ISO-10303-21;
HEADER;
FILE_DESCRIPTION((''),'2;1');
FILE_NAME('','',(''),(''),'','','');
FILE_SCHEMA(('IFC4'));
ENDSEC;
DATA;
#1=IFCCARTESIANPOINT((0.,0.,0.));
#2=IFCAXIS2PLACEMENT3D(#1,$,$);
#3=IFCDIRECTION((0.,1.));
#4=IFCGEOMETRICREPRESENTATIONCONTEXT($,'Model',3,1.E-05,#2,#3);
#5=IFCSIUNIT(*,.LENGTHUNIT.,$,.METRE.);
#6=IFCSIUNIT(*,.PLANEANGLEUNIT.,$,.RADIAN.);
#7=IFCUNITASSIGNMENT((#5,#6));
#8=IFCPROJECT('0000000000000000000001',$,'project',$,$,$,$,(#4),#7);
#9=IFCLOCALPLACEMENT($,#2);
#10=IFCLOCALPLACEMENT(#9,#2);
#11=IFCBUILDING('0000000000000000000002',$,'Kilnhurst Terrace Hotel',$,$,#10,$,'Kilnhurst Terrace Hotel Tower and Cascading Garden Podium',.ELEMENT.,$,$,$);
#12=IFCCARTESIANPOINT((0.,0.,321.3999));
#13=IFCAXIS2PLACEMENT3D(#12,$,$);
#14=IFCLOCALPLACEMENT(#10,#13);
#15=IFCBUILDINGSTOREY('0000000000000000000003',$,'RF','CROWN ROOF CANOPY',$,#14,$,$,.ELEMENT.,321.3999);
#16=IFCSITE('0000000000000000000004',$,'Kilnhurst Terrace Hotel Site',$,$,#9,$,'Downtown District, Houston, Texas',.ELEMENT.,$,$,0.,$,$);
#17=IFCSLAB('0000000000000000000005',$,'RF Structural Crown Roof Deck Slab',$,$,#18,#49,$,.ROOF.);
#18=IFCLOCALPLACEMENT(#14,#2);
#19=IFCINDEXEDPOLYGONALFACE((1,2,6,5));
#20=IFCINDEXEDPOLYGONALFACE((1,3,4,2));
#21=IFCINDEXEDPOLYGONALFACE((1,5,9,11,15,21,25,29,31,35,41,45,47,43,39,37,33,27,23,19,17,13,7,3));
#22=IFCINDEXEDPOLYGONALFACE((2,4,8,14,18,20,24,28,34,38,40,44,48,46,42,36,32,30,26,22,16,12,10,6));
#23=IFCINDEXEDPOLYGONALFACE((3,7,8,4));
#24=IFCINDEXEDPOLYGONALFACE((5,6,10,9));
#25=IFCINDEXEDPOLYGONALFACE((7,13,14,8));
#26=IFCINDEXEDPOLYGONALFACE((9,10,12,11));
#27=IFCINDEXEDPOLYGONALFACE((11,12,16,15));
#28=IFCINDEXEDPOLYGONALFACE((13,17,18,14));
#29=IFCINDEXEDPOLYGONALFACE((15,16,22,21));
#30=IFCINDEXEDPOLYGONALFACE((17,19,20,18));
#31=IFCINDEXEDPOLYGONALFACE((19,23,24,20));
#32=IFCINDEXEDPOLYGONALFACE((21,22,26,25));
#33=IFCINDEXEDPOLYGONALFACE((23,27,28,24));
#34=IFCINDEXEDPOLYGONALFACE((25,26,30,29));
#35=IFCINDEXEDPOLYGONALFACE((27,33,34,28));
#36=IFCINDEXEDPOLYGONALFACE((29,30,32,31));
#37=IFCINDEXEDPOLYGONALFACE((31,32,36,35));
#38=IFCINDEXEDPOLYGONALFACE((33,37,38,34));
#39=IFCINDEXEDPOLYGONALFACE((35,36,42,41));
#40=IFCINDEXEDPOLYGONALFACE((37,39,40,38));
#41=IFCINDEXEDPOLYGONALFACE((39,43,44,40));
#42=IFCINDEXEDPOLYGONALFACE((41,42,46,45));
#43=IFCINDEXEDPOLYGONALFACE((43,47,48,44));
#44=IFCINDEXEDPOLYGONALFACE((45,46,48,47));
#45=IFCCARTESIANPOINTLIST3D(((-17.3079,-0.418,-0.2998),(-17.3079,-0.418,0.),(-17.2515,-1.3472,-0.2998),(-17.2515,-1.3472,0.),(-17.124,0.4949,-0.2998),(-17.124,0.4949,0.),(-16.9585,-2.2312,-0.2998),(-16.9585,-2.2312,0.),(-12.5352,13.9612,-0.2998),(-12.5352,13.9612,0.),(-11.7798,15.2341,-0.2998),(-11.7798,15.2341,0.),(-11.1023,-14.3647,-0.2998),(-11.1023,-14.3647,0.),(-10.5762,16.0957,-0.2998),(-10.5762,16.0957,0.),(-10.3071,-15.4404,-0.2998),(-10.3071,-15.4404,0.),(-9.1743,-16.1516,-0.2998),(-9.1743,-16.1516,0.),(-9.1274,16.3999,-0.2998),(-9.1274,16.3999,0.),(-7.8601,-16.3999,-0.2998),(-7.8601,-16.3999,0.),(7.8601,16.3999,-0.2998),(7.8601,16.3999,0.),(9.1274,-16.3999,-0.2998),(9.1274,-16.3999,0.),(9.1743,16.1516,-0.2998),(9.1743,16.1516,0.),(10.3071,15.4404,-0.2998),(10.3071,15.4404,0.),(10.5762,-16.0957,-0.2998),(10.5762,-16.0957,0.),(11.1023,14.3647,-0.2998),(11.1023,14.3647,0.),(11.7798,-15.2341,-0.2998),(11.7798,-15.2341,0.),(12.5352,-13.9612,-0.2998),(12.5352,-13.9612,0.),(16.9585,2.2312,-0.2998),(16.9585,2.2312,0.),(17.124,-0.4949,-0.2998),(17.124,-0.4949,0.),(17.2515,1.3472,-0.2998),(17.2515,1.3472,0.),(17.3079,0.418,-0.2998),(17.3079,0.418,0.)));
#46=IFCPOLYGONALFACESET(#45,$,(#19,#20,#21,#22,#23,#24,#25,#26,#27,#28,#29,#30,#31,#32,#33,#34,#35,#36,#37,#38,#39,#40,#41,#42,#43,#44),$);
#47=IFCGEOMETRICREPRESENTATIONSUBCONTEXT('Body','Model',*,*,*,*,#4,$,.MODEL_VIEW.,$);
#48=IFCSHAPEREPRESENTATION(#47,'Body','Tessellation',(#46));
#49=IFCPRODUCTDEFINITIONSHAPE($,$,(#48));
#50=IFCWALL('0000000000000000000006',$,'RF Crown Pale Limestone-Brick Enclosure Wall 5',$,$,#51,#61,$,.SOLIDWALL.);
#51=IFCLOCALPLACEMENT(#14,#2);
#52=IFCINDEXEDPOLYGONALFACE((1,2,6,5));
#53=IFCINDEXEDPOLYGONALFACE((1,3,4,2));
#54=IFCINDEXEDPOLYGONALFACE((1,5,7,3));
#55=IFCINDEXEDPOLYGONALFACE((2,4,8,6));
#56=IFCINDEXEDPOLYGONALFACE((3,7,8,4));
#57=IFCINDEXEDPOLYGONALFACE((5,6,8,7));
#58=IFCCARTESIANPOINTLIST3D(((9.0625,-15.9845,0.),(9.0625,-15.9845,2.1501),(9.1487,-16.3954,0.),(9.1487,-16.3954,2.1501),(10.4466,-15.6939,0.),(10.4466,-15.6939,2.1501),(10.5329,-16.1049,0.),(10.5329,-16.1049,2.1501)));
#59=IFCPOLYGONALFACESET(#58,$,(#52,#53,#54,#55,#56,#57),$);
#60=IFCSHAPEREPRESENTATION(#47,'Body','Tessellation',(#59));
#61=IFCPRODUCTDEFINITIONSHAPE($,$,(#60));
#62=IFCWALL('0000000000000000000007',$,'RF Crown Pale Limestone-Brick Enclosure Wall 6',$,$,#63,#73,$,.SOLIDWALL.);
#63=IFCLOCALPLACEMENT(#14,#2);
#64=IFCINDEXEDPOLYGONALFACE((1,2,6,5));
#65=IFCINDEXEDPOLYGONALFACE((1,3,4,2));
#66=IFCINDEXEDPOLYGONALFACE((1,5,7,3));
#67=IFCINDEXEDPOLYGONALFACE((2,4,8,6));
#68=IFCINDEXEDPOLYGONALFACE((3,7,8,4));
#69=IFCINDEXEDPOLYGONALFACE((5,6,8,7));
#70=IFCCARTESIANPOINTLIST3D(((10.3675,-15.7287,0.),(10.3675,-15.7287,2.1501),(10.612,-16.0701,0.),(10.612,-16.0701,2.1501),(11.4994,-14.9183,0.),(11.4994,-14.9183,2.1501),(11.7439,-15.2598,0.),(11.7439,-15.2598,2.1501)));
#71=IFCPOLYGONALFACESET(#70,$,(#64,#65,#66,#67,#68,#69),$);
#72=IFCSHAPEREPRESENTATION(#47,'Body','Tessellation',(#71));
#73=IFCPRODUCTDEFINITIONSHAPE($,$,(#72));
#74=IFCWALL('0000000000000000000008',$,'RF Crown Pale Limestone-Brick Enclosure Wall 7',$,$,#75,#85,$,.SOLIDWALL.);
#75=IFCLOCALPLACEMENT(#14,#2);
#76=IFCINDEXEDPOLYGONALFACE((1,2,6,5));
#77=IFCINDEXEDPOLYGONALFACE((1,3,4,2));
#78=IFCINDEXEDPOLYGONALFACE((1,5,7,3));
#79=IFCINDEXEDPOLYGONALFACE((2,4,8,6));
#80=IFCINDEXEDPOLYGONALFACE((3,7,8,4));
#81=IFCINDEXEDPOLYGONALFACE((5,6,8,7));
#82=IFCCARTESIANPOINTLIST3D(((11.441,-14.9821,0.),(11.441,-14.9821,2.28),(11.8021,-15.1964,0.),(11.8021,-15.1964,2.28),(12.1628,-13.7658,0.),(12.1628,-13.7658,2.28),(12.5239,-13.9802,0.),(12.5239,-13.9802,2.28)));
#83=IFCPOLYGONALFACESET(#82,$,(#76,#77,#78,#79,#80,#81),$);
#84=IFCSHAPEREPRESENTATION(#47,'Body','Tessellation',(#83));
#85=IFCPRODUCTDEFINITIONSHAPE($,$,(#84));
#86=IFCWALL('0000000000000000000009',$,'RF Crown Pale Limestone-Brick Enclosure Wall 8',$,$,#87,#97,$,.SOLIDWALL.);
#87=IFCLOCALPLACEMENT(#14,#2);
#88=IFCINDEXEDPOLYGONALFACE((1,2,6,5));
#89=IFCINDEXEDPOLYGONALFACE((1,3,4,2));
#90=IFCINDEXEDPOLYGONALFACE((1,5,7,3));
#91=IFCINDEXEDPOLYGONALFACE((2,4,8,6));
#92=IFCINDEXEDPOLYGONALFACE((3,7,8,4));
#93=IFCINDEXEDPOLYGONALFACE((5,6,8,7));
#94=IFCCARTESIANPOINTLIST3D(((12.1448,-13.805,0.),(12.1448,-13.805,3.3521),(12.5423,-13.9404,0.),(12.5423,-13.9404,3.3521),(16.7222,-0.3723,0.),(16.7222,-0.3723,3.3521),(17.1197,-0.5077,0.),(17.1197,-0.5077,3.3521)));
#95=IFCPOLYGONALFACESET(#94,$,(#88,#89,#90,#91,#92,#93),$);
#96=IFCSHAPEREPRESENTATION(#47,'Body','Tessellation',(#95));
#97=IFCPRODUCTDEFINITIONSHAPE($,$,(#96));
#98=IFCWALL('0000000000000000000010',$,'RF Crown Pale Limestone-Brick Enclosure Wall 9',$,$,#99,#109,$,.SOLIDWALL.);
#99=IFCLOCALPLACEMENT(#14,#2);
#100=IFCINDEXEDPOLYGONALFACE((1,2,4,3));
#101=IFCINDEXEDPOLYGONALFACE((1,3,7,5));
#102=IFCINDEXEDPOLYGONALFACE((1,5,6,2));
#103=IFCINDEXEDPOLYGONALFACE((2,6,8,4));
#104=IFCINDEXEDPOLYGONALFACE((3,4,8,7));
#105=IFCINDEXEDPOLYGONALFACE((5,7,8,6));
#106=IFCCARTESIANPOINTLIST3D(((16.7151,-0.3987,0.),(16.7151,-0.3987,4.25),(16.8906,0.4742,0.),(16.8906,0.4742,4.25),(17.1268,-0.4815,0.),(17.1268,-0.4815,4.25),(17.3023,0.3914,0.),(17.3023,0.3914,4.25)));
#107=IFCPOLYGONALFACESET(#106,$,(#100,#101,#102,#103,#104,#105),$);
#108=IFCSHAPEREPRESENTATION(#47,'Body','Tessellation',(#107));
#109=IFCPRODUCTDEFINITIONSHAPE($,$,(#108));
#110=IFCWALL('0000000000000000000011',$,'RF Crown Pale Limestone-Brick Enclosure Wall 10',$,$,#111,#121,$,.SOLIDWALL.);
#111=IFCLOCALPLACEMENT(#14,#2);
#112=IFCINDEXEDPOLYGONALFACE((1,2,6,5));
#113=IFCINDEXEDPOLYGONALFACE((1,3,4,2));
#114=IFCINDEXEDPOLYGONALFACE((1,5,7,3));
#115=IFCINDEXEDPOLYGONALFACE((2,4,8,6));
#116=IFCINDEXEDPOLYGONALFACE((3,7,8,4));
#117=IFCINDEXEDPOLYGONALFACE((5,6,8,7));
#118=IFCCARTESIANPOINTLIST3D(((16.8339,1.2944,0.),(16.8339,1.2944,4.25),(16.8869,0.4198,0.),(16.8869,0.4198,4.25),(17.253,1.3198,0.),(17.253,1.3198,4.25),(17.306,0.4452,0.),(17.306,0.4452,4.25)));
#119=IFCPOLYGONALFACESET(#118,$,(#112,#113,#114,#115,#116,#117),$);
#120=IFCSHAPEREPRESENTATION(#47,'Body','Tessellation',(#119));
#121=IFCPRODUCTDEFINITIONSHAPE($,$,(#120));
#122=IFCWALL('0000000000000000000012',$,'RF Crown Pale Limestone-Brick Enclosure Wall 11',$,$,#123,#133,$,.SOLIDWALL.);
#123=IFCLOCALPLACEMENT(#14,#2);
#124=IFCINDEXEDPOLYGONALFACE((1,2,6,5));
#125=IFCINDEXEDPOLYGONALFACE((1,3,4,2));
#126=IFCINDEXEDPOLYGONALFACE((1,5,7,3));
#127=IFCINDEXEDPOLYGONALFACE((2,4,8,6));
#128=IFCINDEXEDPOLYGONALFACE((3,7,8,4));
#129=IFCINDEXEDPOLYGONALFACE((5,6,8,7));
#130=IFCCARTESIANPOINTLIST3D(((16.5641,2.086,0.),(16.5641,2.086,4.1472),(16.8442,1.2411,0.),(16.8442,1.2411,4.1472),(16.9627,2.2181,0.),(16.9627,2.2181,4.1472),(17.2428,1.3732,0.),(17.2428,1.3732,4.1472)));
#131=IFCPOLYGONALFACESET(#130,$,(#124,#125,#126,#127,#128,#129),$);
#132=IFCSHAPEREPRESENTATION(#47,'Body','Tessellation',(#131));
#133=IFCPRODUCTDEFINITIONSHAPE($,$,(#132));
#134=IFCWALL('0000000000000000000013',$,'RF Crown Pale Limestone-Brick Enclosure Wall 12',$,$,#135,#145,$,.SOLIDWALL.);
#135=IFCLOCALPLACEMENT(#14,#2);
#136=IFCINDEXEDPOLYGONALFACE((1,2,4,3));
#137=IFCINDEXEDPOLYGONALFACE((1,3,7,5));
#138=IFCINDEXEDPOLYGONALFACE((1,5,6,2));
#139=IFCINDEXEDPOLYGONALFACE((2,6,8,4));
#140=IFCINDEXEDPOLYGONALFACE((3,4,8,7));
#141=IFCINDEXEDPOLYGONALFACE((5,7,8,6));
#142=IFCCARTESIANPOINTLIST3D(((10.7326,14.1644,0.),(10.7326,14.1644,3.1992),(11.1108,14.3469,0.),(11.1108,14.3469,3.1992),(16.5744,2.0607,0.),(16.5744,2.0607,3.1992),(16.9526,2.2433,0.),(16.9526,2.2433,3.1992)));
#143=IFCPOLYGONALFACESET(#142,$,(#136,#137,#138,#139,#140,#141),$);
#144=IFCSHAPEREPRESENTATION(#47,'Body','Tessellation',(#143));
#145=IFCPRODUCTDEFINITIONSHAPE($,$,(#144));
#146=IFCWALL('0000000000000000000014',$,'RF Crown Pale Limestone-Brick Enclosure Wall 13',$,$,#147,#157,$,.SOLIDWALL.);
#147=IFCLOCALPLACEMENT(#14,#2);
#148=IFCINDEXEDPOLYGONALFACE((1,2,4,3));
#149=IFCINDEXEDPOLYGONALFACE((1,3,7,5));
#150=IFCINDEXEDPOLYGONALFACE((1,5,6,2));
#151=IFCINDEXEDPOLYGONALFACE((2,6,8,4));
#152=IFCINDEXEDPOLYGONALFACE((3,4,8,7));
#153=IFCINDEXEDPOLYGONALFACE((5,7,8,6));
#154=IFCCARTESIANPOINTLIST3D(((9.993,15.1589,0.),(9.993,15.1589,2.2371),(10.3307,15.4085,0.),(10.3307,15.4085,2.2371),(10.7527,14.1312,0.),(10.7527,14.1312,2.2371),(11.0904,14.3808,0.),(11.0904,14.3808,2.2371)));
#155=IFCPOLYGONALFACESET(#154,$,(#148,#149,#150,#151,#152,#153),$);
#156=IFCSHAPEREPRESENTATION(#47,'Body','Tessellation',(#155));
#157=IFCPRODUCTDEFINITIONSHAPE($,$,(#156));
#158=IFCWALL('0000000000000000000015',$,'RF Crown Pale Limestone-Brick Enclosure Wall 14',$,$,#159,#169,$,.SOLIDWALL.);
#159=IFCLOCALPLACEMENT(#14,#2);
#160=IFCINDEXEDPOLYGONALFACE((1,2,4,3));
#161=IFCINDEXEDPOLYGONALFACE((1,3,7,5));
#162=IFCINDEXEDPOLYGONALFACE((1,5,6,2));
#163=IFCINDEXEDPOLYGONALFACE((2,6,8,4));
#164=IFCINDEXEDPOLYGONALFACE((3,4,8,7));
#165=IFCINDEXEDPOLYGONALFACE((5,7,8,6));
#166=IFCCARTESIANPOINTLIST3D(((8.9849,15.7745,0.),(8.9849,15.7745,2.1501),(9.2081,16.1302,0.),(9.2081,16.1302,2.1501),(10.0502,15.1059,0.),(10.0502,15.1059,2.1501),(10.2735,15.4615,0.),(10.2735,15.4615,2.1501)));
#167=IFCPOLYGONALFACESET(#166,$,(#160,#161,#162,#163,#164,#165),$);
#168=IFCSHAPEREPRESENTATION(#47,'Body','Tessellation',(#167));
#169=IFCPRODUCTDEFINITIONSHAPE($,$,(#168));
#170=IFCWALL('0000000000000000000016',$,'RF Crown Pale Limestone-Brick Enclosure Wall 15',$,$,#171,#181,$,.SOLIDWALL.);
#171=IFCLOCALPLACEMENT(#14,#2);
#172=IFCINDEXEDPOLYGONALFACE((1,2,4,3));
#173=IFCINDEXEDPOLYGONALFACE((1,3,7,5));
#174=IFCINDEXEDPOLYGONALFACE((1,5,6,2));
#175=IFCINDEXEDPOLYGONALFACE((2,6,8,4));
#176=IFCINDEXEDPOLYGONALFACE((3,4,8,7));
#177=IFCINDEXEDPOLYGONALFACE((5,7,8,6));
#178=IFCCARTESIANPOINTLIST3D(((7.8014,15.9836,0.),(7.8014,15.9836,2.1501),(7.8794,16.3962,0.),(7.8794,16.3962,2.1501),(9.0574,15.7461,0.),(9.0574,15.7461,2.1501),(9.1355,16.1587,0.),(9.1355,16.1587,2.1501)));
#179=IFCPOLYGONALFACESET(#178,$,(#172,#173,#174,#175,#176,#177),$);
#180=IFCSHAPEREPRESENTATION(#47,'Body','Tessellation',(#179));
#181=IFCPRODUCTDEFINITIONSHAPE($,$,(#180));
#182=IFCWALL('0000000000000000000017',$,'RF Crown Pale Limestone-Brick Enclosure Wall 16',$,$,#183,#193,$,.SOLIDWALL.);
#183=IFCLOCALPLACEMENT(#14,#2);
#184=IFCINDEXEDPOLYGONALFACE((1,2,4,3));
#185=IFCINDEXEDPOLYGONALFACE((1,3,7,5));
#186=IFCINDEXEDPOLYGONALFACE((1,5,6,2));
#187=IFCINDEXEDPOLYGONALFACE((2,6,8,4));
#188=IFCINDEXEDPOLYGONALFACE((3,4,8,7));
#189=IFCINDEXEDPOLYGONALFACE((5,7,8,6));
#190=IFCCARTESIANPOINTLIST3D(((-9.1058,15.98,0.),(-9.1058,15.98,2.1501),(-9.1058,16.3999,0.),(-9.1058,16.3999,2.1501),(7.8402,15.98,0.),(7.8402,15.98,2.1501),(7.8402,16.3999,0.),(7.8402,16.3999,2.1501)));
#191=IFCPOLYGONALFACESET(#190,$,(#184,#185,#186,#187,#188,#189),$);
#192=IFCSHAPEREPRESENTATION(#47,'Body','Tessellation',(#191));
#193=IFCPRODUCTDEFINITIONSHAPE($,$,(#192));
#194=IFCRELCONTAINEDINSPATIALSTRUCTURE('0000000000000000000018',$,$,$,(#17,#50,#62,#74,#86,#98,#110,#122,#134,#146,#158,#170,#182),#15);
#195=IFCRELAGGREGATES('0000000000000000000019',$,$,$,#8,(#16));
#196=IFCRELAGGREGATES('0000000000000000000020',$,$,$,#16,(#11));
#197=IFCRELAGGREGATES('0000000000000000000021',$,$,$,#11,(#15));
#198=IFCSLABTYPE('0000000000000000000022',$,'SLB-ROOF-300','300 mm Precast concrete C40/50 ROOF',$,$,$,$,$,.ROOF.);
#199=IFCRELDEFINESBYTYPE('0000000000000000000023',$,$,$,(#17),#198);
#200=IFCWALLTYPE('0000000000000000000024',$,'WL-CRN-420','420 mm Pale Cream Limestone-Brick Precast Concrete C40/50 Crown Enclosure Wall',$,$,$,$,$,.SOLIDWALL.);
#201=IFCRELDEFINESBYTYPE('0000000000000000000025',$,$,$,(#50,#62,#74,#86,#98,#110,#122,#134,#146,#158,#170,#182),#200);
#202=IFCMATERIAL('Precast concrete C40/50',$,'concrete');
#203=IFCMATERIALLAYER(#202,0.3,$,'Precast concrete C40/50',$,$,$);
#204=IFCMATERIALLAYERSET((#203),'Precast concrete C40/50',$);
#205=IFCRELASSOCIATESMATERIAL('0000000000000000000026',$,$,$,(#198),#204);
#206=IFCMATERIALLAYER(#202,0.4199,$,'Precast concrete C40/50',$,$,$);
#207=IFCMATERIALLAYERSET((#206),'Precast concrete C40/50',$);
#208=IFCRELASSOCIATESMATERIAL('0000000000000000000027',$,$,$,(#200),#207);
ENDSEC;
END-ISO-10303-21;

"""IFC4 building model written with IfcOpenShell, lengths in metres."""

from ifc_helpers import new_model, si_unit, direction, frame, frame_2d, origin, place, context, subcontext, project, spatial, polyline, rectangle, outline, extrude, material, layer, layer_set, type_object, element, save


model = new_model("IFC4")

# Units and contexts
model_context = context("Model", 3, precision=1e-05, world=origin(), true_north=direction((0.0, 1.0)))
body_context = subcontext(model_context, "Body", "Model", "MODEL_VIEW")
ifc_project = project(units=[si_unit("LENGTHUNIT", "METRE"), si_unit("PLANEANGLEUNIT", "RADIAN")], contexts=[model_context])

# Site, building, storey
site_placement = place(None, origin())
site = spatial("IfcSite", under=ifc_project, at=site_placement, Name="Kilnhurst Terrace Hotel Site", LongName="Downtown District, Houston, Texas", CompositionType="ELEMENT", RefElevation=0.0)
building_placement = place(site_placement, origin())
building = spatial("IfcBuilding", under=site, at=building_placement, Name="Kilnhurst Terrace Hotel", LongName="Kilnhurst Terrace Hotel Tower and Cascading Garden Podium", CompositionType="ELEMENT")
storey_placement = place(building_placement, frame((0.0, 0.0, 321.3999)))
storey = spatial("IfcBuildingStorey", under=building, at=storey_placement, Name="RF", Description="CROWN ROOF CANOPY", CompositionType="ELEMENT", Elevation=321.3999)

# Slab
ifc_material_1 = material(Name="Precast concrete C40/50", Category="concrete")
ifc_layer_1 = layer(ifc_material_1, 0.3, Name="Precast concrete C40/50")
ifc_layer_set_1 = layer_set([ifc_layer_1], Name="Precast concrete C40/50")
slab_type = type_object("IfcSlabType", Name="SLB-ROOF-300", Description="300 mm Precast concrete C40/50 ROOF", PredefinedType="ROOF", material=ifc_layer_set_1)
slab_1_placement = place(storey_placement, frame((0.0, 0.0, -0.2998)))
element("IfcSlab", 1, at=slab_1_placement, inside=storey, type_object=slab_type, Name="RF Structural Crown Roof Deck Slab", PredefinedType="ROOF", context=body_context, shape_type="SweptSolid", body=[
    extrude(outline(polyline([(-11.1023, -14.3647), (-10.3071, -15.4404), (-9.1743, -16.1516), (-7.8601, -16.3999), (9.1274, -16.3999), (10.5762, -16.0957), (11.7798, -15.2341), (12.5352, -13.9612), (17.124, -0.4949), (17.3079, 0.418), (17.2515, 1.3472), (16.9585, 2.2312), (11.1023, 14.3647), (10.3071, 15.4404), (9.1743, 16.1516), (7.8601, 16.3999), (-9.1274, 16.3999), (-10.5762, 16.0957), (-11.7798, 15.2341), (-12.5352, 13.9612), (-17.124, 0.4949), (-17.3079, -0.418), (-17.2515, -1.3472), (-16.9585, -2.2312), (-11.1023, -14.3647)])), origin(), (0.0, 0.0, 1.0), 0.2998),
])

# Walls
ifc_layer_2 = layer(ifc_material_1, 0.4199, Name="Precast concrete C40/50")
ifc_layer_set_2 = layer_set([ifc_layer_2], Name="Precast concrete C40/50")
wall_type = type_object("IfcWallType", Name="WL-CRN-420", Description="420 mm Pale Cream Limestone-Brick Precast Concrete C40/50 Crown Enclosure Wall", PredefinedType="SOLIDWALL", material=ifc_layer_set_2)
wall_1_placement = place(storey_placement, frame((9.1057, -16.1899, 0.0), z_axis=(0.0, 0.0, 1.0), x_axis=(0.978671, 0.205436, 0.0)))
element("IfcWall", 2, at=wall_1_placement, inside=storey, type_object=wall_type, Name="RF Crown Pale Limestone-Brick Enclosure Wall 5", PredefinedType="SOLIDWALL", context=body_context, shape_type="SweptSolid", body=[
    extrude(rectangle(XDim=1.4143, YDim=0.4199, at=frame_2d((0.707, 0.0))), origin(), (0.0, 0.0, 1.0), 2.1501),
])
wall_2_placement = place(storey_placement, frame((10.4897, -15.8994, 0.0), z_axis=(0.0, 0.0, 1.0), x_axis=(0.813105, 0.582117, 0.0)))
element("IfcWall", 3, at=wall_2_placement, inside=storey, type_object=wall_type, Name="RF Crown Pale Limestone-Brick Enclosure Wall 6", PredefinedType="SOLIDWALL", context=body_context, shape_type="SweptSolid", body=[
    extrude(rectangle(XDim=1.3921, YDim=0.4199, at=frame_2d((0.696, 0.0))), origin(), (0.0, 0.0, 1.0), 2.1501),
])
wall_3_placement = place(storey_placement, frame((11.6216, -15.0891, 0.0), z_axis=(0.0, 0.0, 1.0), x_axis=(0.510403, 0.859935, 0.0)))
element("IfcWall", 4, at=wall_3_placement, inside=storey, type_object=wall_type, Name="RF Crown Pale Limestone-Brick Enclosure Wall 7", PredefinedType="SOLIDWALL", context=body_context, shape_type="SweptSolid", body=[
    extrude(rectangle(XDim=1.4143, YDim=0.4199, at=frame_2d((0.707, 0.0))), origin(), (0.0, 0.0, 1.0), 2.28),
])
wall_4_placement = place(storey_placement, frame((12.3435, -13.8728, 0.0), z_axis=(0.0, 0.0, 1.0), x_axis=(0.322553, 0.946551, 0.0)))
element("IfcWall", 5, at=wall_4_placement, inside=storey, type_object=wall_type, Name="RF Crown Pale Limestone-Brick Enclosure Wall 8", PredefinedType="SOLIDWALL", context=body_context, shape_type="SweptSolid", body=[
    extrude(rectangle(XDim=14.1912, YDim=0.4199, at=frame_2d((7.0957, 0.0))), origin(), (0.0, 0.0, 1.0), 3.3521),
])
wall_5_placement = place(storey_placement, frame((16.9209, -0.4402, 0.0), z_axis=(0.0, 0.0, 1.0), x_axis=(0.197171, 0.980369, 0.0)))
element("IfcWall", 6, at=wall_5_placement, inside=storey, type_object=wall_type, Name="RF Crown Pale Limestone-Brick Enclosure Wall 9", PredefinedType="SOLIDWALL", context=body_context, shape_type="SweptSolid", body=[
    extrude(rectangle(XDim=0.8904, YDim=0.4199, at=frame_2d((0.4453, 0.0))), origin(), (0.0, 0.0, 1.0), 4.25),
])
wall_6_placement = place(storey_placement, frame((17.0964, 0.4326, 0.0), z_axis=(0.0, 0.0, 1.0), x_axis=(-0.06047, 0.99817, 0.0)))
element("IfcWall", 7, at=wall_6_placement, inside=storey, type_object=wall_type, Name="RF Crown Pale Limestone-Brick Enclosure Wall 10", PredefinedType="SOLIDWALL", context=body_context, shape_type="SweptSolid", body=[
    extrude(rectangle(XDim=0.8762, YDim=0.4199, at=frame_2d((0.438, 0.0))), origin(), (0.0, 0.0, 1.0), 4.25),
])
wall_7_placement = place(storey_placement, frame((17.0435, 1.3071, 0.0), z_axis=(0.0, 0.0, 1.0), x_axis=(-0.314582, 0.94923, 0.0)))
element("IfcWall", 8, at=wall_7_placement, inside=storey, type_object=wall_type, Name="RF Crown Pale Limestone-Brick Enclosure Wall 11", PredefinedType="SOLIDWALL", context=body_context, shape_type="SweptSolid", body=[
    extrude(rectangle(XDim=0.8901, YDim=0.4199, at=frame_2d((0.4451, 0.0))), origin(), (0.0, 0.0, 1.0), 4.1472),
])
wall_8_placement = place(storey_placement, frame((16.7634, 2.1521, 0.0), z_axis=(0.0, 0.0, 1.0), x_axis=(-0.434665, 0.900592, 0.0)))
element("IfcWall", 9, at=wall_8_placement, inside=storey, type_object=wall_type, Name="RF Crown Pale Limestone-Brick Enclosure Wall 12", PredefinedType="SOLIDWALL", context=body_context, shape_type="SweptSolid", body=[
    extrude(rectangle(XDim=13.4397, YDim=0.4199, at=frame_2d((6.7197, 0.0))), origin(), (0.0, 0.0, 1.0), 3.1992),
])
wall_9_placement = place(storey_placement, frame((10.9216, 14.2559, 0.0), z_axis=(0.0, 0.0, 1.0), x_axis=(-0.594423, 0.804152, 0.0)))
element("IfcWall", 10, at=wall_9_placement, inside=storey, type_object=wall_type, Name="RF Crown Pale Limestone-Brick Enclosure Wall 13", PredefinedType="SOLIDWALL", context=body_context, shape_type="SweptSolid", body=[
    extrude(rectangle(XDim=1.2781, YDim=0.4199, at=frame_2d((0.6392, 0.0))), origin(), (0.0, 0.0, 1.0), 2.2371),
])
wall_10_placement = place(storey_placement, frame((10.1619, 15.2837, 0.0), z_axis=(0.0, 0.0, 1.0), x_axis=(-0.846994, 0.531603, 0.0)))
element("IfcWall", 11, at=wall_10_placement, inside=storey, type_object=wall_type, Name="RF Crown Pale Limestone-Brick Enclosure Wall 14", PredefinedType="SOLIDWALL", context=body_context, shape_type="SweptSolid", body=[
    extrude(rectangle(XDim=1.2578, YDim=0.4199, at=frame_2d((0.6289, 0.0))), origin(), (0.0, 0.0, 1.0), 2.1501),
])
wall_11_placement = place(storey_placement, frame((9.0964, 15.9524, 0.0), z_axis=(0.0, 0.0, 1.0), x_axis=(-0.982583, 0.185822, 0.0)))
element("IfcWall", 12, at=wall_11_placement, inside=storey, type_object=wall_type, Name="RF Crown Pale Limestone-Brick Enclosure Wall 15", PredefinedType="SOLIDWALL", context=body_context, shape_type="SweptSolid", body=[
    extrude(rectangle(XDim=1.2783, YDim=0.4199, at=frame_2d((0.6392, 0.0))), origin(), (0.0, 0.0, 1.0), 2.1501),
])
wall_12_placement = place(storey_placement, frame((7.8403, 16.1899, 0.0), z_axis=(0.0, 0.0, 1.0), x_axis=(-1.0, 0.0, 0.0)))
element("IfcWall", 13, at=wall_12_placement, inside=storey, type_object=wall_type, Name="RF Crown Pale Limestone-Brick Enclosure Wall 16", PredefinedType="SOLIDWALL", context=body_context, shape_type="SweptSolid", body=[
    extrude(rectangle(XDim=16.946, YDim=0.4199, at=frame_2d((8.4731, 0.0))), origin(), (0.0, 0.0, 1.0), 2.1501),
])

save(model, "model.ifc")
